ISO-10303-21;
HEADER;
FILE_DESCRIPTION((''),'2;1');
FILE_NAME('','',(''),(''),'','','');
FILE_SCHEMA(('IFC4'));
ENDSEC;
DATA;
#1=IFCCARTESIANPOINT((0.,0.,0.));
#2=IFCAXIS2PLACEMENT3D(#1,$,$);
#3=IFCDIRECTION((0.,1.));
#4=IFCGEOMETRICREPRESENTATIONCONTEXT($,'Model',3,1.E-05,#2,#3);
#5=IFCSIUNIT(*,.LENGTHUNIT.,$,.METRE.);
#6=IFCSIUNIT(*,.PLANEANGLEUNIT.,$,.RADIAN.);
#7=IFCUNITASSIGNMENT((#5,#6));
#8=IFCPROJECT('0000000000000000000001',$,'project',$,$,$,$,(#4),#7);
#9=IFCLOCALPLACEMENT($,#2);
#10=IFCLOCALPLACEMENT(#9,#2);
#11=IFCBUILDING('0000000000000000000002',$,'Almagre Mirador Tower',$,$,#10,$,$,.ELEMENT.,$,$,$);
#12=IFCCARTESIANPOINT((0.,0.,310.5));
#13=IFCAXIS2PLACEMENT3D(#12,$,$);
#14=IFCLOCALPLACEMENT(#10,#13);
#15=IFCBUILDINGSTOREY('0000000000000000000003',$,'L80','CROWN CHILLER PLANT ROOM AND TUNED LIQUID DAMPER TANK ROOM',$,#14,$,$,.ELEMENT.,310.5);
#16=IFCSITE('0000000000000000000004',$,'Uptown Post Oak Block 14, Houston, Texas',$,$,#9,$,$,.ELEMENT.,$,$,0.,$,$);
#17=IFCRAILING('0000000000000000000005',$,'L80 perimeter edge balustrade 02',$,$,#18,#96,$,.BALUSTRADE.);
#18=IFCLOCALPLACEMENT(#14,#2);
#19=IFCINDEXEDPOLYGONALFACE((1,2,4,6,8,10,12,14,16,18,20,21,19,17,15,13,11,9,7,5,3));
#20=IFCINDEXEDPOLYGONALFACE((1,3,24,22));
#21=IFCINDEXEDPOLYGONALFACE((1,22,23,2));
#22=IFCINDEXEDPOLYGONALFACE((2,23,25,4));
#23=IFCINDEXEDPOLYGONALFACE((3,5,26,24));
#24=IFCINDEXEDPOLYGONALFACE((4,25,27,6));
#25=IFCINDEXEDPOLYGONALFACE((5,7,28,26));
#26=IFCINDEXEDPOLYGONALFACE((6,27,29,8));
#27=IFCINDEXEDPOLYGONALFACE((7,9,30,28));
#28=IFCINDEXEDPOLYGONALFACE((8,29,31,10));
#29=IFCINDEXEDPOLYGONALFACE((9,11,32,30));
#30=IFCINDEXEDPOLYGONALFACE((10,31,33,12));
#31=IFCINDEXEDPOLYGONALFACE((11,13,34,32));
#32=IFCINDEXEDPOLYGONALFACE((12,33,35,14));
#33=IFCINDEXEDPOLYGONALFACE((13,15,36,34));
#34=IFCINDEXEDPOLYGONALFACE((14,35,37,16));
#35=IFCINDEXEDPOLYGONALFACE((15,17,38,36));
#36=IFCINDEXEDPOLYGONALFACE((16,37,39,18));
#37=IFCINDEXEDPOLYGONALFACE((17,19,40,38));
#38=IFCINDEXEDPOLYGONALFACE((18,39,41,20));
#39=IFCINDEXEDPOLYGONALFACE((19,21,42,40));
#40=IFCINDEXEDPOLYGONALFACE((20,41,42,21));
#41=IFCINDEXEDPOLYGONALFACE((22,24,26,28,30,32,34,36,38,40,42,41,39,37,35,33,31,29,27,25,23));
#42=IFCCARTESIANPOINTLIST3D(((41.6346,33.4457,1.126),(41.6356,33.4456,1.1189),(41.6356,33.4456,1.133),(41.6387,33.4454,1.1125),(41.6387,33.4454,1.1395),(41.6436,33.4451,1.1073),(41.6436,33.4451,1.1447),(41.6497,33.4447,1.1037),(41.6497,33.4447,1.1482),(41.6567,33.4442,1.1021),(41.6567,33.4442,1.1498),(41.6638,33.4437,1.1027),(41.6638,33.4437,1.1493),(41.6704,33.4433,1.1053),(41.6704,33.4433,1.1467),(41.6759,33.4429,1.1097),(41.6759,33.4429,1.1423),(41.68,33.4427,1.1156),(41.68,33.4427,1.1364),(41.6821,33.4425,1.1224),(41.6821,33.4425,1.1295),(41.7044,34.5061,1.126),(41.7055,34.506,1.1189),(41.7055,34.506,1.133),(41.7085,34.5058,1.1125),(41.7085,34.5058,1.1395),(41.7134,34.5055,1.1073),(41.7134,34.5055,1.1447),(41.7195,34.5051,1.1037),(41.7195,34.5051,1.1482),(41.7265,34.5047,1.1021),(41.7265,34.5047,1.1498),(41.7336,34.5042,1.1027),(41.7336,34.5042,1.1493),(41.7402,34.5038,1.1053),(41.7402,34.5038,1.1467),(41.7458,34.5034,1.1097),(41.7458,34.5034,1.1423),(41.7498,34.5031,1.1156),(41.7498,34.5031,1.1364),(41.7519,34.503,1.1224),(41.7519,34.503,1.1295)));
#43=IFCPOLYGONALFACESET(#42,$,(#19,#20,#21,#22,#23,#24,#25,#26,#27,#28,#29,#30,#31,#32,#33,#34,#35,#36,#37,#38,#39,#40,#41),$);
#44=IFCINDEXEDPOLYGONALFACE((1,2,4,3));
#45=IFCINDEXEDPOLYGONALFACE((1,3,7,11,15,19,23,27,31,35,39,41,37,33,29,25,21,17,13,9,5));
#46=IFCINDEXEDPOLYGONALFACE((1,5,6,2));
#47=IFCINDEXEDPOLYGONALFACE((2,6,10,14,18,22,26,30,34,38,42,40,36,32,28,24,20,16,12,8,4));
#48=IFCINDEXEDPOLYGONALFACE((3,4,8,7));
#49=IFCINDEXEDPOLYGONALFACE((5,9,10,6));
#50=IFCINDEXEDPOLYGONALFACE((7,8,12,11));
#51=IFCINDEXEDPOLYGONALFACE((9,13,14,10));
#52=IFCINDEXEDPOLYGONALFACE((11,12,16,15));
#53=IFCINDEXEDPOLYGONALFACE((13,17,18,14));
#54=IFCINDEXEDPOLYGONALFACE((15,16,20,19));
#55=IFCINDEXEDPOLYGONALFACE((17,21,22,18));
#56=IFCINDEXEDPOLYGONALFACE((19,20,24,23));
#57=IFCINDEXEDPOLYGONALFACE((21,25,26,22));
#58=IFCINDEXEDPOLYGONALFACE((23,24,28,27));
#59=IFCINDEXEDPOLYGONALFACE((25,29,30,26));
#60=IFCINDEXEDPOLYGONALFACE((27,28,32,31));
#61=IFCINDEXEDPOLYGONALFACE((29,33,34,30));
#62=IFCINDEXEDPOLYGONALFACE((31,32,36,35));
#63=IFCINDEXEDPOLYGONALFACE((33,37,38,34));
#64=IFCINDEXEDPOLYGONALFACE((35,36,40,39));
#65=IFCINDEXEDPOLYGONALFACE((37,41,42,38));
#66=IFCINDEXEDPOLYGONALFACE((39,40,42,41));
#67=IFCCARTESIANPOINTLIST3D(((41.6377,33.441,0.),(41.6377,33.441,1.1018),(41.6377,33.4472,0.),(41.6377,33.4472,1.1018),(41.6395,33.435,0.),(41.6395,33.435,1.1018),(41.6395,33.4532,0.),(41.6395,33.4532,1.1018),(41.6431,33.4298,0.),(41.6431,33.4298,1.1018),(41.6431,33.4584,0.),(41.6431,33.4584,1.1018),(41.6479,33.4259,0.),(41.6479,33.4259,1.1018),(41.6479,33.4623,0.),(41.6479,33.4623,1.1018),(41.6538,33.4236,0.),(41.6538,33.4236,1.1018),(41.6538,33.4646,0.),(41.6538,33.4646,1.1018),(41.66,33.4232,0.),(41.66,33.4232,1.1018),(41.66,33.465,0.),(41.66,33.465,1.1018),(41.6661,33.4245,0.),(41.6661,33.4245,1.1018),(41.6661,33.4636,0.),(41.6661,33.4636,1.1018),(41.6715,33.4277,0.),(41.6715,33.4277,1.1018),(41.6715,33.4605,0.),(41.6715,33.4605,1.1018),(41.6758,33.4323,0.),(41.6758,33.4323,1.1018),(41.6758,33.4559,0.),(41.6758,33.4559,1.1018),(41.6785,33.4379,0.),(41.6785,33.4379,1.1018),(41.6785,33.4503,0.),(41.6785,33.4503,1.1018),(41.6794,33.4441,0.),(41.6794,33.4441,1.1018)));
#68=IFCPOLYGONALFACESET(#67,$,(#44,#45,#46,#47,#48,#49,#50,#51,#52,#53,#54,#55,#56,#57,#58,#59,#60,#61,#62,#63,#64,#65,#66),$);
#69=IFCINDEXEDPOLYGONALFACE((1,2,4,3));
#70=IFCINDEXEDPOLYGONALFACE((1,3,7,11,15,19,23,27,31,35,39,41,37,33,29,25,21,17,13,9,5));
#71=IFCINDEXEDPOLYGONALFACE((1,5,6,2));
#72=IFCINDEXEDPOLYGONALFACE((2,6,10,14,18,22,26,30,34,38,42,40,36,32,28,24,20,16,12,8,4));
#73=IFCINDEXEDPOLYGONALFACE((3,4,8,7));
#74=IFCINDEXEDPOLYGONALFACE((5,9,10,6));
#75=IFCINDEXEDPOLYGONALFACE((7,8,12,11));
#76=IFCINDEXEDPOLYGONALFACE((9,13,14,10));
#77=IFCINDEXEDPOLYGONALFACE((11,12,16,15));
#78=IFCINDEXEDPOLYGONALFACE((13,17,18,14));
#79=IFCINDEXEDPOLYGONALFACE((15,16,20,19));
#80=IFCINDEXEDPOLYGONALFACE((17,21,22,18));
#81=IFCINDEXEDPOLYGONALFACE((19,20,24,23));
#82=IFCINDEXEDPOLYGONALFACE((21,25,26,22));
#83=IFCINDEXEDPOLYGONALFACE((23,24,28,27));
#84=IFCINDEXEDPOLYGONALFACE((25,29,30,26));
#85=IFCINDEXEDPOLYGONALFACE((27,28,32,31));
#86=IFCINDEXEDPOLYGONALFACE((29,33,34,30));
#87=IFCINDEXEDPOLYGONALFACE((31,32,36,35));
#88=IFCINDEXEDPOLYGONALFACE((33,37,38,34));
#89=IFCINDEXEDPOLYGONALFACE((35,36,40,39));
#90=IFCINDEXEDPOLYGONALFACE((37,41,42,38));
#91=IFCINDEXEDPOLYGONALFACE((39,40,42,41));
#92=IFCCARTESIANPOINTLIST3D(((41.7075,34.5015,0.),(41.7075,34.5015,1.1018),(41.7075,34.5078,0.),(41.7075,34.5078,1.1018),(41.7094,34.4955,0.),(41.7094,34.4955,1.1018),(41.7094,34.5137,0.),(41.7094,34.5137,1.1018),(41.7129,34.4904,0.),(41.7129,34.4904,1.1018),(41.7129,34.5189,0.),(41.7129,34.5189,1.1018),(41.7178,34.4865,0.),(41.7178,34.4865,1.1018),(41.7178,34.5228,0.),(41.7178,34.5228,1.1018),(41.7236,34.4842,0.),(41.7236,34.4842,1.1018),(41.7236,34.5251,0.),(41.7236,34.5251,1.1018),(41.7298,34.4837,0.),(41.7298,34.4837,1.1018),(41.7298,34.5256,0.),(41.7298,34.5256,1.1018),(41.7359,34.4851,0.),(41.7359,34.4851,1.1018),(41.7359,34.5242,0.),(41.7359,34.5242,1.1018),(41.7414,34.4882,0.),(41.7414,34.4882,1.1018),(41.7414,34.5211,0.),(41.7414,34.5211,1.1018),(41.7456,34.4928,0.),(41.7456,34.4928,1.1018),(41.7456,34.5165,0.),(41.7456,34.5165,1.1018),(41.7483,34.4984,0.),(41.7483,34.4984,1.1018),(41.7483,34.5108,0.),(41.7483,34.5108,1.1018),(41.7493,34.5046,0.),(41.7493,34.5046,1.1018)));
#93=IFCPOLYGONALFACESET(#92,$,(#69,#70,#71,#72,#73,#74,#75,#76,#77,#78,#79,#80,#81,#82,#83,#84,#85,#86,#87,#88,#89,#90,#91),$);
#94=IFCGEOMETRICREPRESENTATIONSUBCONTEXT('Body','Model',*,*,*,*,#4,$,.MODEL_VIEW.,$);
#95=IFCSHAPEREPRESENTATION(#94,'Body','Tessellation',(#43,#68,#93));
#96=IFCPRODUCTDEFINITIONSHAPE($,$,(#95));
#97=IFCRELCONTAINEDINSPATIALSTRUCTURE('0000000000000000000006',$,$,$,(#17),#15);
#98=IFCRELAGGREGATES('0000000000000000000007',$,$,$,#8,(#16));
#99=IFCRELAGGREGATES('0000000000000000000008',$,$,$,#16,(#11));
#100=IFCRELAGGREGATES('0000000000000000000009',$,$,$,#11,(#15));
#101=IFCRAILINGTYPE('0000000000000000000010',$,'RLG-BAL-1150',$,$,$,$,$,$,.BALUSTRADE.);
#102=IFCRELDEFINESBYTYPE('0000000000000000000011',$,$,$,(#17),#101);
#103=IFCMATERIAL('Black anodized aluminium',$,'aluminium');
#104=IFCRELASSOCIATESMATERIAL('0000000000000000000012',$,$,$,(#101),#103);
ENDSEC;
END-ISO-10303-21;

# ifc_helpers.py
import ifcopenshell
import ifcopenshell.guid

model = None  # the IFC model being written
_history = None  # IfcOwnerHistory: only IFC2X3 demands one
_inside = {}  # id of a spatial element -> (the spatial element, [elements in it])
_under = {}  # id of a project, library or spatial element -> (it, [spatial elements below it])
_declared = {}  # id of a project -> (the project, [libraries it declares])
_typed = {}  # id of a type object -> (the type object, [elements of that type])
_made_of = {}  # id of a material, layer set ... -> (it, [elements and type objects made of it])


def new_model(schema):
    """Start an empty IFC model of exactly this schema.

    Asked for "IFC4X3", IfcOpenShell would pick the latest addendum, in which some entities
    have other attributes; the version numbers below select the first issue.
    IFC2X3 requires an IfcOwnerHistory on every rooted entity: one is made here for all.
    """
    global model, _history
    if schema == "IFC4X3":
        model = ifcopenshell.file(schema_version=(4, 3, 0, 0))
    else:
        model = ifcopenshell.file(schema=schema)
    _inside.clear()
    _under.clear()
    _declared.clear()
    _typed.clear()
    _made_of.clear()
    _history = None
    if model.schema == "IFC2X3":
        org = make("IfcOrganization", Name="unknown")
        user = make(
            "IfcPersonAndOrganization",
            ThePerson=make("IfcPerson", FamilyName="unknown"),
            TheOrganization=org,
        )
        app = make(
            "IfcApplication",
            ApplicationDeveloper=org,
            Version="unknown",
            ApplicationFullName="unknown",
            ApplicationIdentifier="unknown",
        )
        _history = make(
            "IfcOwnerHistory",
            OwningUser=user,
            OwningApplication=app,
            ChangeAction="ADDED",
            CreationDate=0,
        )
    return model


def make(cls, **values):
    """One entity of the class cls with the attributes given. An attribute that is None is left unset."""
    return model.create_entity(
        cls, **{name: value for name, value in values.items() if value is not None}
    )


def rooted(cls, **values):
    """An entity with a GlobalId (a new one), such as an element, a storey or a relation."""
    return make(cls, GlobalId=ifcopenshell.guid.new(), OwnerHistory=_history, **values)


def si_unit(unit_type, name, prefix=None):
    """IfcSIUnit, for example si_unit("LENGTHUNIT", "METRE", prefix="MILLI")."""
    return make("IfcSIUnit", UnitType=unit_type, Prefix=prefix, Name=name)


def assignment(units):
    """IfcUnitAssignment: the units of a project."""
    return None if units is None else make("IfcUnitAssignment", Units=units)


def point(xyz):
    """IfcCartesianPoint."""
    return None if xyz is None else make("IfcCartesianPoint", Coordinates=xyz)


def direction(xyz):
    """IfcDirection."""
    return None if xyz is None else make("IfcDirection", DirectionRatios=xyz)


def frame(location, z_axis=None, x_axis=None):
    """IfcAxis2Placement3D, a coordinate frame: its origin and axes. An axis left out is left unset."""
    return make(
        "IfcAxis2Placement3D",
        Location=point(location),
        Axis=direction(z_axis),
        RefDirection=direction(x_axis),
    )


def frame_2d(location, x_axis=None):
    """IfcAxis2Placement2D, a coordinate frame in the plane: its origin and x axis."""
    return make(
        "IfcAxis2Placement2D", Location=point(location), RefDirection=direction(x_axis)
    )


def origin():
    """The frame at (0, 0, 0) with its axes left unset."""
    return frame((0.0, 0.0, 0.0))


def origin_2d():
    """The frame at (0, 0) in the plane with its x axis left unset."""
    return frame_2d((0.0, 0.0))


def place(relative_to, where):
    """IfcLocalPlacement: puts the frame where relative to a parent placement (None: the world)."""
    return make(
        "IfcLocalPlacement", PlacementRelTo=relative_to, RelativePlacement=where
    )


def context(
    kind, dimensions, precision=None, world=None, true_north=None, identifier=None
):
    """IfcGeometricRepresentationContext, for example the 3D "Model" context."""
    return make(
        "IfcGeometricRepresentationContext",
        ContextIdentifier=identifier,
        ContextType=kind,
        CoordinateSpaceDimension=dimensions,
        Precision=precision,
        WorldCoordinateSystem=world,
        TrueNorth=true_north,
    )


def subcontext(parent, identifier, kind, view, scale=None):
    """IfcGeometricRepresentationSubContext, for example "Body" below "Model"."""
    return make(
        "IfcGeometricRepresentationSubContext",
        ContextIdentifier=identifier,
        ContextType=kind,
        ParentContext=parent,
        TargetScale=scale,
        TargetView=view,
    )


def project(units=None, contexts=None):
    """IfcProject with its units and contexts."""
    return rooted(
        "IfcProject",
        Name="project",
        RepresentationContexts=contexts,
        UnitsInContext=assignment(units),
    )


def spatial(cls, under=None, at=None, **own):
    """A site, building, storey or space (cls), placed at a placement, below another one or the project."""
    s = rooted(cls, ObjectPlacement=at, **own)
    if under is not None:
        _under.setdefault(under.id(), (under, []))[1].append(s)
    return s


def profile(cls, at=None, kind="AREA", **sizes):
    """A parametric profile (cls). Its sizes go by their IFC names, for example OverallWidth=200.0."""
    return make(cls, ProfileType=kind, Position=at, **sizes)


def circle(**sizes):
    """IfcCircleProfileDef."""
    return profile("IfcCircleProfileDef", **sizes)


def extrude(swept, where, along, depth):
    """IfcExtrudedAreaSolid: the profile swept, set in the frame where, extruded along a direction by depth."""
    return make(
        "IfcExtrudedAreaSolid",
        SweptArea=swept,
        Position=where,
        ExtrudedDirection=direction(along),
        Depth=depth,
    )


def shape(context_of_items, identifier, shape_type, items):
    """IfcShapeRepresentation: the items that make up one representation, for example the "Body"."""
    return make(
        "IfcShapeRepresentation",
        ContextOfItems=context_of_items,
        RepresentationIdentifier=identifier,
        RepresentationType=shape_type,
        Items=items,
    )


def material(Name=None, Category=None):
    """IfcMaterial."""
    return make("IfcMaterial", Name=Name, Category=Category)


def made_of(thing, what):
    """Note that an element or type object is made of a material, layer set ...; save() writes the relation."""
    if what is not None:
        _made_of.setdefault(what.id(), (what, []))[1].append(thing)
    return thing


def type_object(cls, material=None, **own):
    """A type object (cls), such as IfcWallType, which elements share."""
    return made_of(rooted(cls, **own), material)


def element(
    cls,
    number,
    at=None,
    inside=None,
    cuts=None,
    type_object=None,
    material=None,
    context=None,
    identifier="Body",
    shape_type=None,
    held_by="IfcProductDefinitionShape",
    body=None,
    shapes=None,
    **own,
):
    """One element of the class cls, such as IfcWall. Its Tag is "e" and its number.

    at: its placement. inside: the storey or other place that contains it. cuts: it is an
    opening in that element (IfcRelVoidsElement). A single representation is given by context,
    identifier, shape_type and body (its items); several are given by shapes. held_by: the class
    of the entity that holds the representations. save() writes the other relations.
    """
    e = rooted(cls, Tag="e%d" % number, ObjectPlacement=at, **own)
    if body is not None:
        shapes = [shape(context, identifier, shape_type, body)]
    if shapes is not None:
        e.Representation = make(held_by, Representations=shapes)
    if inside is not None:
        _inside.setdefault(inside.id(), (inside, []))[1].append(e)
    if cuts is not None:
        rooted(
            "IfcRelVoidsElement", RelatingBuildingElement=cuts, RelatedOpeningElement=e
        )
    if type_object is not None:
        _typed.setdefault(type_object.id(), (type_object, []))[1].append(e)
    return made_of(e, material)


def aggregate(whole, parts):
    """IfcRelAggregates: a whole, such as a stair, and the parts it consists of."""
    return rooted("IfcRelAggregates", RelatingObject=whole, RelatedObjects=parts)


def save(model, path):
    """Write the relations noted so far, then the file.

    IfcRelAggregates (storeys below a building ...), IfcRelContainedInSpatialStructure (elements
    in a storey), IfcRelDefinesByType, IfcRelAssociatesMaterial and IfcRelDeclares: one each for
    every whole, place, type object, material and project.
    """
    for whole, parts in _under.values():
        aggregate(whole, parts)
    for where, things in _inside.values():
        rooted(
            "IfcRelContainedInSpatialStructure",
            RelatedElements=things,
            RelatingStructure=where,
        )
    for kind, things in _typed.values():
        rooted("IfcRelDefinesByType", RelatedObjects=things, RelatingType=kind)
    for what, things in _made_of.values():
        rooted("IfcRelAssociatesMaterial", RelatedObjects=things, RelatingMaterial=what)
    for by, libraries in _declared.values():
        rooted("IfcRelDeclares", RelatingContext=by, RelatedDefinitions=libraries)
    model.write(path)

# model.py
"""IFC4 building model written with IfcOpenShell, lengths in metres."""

from ifc_helpers import new_model, si_unit, direction, frame, origin, origin_2d, place, context, subcontext, project, spatial, circle, extrude, material, type_object, element, save


model = new_model("IFC4")

# Units and contexts
model_context = context("Model", 3, precision=1e-05, world=origin(), true_north=direction((0.0, 1.0)))
body_context = subcontext(model_context, "Body", "Model", "MODEL_VIEW")
ifc_project = project(units=[si_unit("LENGTHUNIT", "METRE"), si_unit("PLANEANGLEUNIT", "RADIAN")], contexts=[model_context])

# Site, building, storey
site_placement = place(None, origin())
site = spatial("IfcSite", under=ifc_project, at=site_placement, Name="Uptown Post Oak Block 14, Houston, Texas", CompositionType="ELEMENT", RefElevation=0.0)
building_placement = place(site_placement, origin())
building = spatial("IfcBuilding", under=site, at=building_placement, Name="Almagre Mirador Tower", CompositionType="ELEMENT")
storey_placement = place(building_placement, frame((0.0, 0.0, 310.5)))
storey = spatial("IfcBuildingStorey", under=building, at=storey_placement, Name="L80", Description="CROWN CHILLER PLANT ROOM AND TUNED LIQUID DAMPER TANK ROOM", CompositionType="ELEMENT", Elevation=310.5)

# Railing
ifc_material_1 = material(Name="Black anodized aluminium", Category="aluminium")
railing_type = type_object("IfcRailingType", Name="RLG-BAL-1150", PredefinedType="BALUSTRADE", material=ifc_material_1)
railing_1_placement = place(storey_placement, frame((41.6584, 33.4441, 0.0)))
element("IfcRailing", 1, at=railing_1_placement, inside=storey, type_object=railing_type, Name="L80 perimeter edge balustrade 02", PredefinedType="BALUSTRADE", context=body_context, shape_type="SweptSolid", body=[
    extrude(circle(Radius=0.0239, at=origin_2d()), frame((0.0, 0.0, 1.126), z_axis=(0.065696, 0.99784, 0.0), x_axis=(-0.99784, 0.065696, 0.0)), (0.0, 0.0, 1.0), 1.0627),
    extrude(circle(Radius=0.021, at=origin_2d()), origin(), (0.0, 0.0, 1.0), 1.1018),
    extrude(circle(Radius=0.021, at=origin_2d()), frame((0.0698, 1.0605, 0.0)), (0.0, 0.0, 1.0), 1.1018),
])

save(model, "model.ifc")
